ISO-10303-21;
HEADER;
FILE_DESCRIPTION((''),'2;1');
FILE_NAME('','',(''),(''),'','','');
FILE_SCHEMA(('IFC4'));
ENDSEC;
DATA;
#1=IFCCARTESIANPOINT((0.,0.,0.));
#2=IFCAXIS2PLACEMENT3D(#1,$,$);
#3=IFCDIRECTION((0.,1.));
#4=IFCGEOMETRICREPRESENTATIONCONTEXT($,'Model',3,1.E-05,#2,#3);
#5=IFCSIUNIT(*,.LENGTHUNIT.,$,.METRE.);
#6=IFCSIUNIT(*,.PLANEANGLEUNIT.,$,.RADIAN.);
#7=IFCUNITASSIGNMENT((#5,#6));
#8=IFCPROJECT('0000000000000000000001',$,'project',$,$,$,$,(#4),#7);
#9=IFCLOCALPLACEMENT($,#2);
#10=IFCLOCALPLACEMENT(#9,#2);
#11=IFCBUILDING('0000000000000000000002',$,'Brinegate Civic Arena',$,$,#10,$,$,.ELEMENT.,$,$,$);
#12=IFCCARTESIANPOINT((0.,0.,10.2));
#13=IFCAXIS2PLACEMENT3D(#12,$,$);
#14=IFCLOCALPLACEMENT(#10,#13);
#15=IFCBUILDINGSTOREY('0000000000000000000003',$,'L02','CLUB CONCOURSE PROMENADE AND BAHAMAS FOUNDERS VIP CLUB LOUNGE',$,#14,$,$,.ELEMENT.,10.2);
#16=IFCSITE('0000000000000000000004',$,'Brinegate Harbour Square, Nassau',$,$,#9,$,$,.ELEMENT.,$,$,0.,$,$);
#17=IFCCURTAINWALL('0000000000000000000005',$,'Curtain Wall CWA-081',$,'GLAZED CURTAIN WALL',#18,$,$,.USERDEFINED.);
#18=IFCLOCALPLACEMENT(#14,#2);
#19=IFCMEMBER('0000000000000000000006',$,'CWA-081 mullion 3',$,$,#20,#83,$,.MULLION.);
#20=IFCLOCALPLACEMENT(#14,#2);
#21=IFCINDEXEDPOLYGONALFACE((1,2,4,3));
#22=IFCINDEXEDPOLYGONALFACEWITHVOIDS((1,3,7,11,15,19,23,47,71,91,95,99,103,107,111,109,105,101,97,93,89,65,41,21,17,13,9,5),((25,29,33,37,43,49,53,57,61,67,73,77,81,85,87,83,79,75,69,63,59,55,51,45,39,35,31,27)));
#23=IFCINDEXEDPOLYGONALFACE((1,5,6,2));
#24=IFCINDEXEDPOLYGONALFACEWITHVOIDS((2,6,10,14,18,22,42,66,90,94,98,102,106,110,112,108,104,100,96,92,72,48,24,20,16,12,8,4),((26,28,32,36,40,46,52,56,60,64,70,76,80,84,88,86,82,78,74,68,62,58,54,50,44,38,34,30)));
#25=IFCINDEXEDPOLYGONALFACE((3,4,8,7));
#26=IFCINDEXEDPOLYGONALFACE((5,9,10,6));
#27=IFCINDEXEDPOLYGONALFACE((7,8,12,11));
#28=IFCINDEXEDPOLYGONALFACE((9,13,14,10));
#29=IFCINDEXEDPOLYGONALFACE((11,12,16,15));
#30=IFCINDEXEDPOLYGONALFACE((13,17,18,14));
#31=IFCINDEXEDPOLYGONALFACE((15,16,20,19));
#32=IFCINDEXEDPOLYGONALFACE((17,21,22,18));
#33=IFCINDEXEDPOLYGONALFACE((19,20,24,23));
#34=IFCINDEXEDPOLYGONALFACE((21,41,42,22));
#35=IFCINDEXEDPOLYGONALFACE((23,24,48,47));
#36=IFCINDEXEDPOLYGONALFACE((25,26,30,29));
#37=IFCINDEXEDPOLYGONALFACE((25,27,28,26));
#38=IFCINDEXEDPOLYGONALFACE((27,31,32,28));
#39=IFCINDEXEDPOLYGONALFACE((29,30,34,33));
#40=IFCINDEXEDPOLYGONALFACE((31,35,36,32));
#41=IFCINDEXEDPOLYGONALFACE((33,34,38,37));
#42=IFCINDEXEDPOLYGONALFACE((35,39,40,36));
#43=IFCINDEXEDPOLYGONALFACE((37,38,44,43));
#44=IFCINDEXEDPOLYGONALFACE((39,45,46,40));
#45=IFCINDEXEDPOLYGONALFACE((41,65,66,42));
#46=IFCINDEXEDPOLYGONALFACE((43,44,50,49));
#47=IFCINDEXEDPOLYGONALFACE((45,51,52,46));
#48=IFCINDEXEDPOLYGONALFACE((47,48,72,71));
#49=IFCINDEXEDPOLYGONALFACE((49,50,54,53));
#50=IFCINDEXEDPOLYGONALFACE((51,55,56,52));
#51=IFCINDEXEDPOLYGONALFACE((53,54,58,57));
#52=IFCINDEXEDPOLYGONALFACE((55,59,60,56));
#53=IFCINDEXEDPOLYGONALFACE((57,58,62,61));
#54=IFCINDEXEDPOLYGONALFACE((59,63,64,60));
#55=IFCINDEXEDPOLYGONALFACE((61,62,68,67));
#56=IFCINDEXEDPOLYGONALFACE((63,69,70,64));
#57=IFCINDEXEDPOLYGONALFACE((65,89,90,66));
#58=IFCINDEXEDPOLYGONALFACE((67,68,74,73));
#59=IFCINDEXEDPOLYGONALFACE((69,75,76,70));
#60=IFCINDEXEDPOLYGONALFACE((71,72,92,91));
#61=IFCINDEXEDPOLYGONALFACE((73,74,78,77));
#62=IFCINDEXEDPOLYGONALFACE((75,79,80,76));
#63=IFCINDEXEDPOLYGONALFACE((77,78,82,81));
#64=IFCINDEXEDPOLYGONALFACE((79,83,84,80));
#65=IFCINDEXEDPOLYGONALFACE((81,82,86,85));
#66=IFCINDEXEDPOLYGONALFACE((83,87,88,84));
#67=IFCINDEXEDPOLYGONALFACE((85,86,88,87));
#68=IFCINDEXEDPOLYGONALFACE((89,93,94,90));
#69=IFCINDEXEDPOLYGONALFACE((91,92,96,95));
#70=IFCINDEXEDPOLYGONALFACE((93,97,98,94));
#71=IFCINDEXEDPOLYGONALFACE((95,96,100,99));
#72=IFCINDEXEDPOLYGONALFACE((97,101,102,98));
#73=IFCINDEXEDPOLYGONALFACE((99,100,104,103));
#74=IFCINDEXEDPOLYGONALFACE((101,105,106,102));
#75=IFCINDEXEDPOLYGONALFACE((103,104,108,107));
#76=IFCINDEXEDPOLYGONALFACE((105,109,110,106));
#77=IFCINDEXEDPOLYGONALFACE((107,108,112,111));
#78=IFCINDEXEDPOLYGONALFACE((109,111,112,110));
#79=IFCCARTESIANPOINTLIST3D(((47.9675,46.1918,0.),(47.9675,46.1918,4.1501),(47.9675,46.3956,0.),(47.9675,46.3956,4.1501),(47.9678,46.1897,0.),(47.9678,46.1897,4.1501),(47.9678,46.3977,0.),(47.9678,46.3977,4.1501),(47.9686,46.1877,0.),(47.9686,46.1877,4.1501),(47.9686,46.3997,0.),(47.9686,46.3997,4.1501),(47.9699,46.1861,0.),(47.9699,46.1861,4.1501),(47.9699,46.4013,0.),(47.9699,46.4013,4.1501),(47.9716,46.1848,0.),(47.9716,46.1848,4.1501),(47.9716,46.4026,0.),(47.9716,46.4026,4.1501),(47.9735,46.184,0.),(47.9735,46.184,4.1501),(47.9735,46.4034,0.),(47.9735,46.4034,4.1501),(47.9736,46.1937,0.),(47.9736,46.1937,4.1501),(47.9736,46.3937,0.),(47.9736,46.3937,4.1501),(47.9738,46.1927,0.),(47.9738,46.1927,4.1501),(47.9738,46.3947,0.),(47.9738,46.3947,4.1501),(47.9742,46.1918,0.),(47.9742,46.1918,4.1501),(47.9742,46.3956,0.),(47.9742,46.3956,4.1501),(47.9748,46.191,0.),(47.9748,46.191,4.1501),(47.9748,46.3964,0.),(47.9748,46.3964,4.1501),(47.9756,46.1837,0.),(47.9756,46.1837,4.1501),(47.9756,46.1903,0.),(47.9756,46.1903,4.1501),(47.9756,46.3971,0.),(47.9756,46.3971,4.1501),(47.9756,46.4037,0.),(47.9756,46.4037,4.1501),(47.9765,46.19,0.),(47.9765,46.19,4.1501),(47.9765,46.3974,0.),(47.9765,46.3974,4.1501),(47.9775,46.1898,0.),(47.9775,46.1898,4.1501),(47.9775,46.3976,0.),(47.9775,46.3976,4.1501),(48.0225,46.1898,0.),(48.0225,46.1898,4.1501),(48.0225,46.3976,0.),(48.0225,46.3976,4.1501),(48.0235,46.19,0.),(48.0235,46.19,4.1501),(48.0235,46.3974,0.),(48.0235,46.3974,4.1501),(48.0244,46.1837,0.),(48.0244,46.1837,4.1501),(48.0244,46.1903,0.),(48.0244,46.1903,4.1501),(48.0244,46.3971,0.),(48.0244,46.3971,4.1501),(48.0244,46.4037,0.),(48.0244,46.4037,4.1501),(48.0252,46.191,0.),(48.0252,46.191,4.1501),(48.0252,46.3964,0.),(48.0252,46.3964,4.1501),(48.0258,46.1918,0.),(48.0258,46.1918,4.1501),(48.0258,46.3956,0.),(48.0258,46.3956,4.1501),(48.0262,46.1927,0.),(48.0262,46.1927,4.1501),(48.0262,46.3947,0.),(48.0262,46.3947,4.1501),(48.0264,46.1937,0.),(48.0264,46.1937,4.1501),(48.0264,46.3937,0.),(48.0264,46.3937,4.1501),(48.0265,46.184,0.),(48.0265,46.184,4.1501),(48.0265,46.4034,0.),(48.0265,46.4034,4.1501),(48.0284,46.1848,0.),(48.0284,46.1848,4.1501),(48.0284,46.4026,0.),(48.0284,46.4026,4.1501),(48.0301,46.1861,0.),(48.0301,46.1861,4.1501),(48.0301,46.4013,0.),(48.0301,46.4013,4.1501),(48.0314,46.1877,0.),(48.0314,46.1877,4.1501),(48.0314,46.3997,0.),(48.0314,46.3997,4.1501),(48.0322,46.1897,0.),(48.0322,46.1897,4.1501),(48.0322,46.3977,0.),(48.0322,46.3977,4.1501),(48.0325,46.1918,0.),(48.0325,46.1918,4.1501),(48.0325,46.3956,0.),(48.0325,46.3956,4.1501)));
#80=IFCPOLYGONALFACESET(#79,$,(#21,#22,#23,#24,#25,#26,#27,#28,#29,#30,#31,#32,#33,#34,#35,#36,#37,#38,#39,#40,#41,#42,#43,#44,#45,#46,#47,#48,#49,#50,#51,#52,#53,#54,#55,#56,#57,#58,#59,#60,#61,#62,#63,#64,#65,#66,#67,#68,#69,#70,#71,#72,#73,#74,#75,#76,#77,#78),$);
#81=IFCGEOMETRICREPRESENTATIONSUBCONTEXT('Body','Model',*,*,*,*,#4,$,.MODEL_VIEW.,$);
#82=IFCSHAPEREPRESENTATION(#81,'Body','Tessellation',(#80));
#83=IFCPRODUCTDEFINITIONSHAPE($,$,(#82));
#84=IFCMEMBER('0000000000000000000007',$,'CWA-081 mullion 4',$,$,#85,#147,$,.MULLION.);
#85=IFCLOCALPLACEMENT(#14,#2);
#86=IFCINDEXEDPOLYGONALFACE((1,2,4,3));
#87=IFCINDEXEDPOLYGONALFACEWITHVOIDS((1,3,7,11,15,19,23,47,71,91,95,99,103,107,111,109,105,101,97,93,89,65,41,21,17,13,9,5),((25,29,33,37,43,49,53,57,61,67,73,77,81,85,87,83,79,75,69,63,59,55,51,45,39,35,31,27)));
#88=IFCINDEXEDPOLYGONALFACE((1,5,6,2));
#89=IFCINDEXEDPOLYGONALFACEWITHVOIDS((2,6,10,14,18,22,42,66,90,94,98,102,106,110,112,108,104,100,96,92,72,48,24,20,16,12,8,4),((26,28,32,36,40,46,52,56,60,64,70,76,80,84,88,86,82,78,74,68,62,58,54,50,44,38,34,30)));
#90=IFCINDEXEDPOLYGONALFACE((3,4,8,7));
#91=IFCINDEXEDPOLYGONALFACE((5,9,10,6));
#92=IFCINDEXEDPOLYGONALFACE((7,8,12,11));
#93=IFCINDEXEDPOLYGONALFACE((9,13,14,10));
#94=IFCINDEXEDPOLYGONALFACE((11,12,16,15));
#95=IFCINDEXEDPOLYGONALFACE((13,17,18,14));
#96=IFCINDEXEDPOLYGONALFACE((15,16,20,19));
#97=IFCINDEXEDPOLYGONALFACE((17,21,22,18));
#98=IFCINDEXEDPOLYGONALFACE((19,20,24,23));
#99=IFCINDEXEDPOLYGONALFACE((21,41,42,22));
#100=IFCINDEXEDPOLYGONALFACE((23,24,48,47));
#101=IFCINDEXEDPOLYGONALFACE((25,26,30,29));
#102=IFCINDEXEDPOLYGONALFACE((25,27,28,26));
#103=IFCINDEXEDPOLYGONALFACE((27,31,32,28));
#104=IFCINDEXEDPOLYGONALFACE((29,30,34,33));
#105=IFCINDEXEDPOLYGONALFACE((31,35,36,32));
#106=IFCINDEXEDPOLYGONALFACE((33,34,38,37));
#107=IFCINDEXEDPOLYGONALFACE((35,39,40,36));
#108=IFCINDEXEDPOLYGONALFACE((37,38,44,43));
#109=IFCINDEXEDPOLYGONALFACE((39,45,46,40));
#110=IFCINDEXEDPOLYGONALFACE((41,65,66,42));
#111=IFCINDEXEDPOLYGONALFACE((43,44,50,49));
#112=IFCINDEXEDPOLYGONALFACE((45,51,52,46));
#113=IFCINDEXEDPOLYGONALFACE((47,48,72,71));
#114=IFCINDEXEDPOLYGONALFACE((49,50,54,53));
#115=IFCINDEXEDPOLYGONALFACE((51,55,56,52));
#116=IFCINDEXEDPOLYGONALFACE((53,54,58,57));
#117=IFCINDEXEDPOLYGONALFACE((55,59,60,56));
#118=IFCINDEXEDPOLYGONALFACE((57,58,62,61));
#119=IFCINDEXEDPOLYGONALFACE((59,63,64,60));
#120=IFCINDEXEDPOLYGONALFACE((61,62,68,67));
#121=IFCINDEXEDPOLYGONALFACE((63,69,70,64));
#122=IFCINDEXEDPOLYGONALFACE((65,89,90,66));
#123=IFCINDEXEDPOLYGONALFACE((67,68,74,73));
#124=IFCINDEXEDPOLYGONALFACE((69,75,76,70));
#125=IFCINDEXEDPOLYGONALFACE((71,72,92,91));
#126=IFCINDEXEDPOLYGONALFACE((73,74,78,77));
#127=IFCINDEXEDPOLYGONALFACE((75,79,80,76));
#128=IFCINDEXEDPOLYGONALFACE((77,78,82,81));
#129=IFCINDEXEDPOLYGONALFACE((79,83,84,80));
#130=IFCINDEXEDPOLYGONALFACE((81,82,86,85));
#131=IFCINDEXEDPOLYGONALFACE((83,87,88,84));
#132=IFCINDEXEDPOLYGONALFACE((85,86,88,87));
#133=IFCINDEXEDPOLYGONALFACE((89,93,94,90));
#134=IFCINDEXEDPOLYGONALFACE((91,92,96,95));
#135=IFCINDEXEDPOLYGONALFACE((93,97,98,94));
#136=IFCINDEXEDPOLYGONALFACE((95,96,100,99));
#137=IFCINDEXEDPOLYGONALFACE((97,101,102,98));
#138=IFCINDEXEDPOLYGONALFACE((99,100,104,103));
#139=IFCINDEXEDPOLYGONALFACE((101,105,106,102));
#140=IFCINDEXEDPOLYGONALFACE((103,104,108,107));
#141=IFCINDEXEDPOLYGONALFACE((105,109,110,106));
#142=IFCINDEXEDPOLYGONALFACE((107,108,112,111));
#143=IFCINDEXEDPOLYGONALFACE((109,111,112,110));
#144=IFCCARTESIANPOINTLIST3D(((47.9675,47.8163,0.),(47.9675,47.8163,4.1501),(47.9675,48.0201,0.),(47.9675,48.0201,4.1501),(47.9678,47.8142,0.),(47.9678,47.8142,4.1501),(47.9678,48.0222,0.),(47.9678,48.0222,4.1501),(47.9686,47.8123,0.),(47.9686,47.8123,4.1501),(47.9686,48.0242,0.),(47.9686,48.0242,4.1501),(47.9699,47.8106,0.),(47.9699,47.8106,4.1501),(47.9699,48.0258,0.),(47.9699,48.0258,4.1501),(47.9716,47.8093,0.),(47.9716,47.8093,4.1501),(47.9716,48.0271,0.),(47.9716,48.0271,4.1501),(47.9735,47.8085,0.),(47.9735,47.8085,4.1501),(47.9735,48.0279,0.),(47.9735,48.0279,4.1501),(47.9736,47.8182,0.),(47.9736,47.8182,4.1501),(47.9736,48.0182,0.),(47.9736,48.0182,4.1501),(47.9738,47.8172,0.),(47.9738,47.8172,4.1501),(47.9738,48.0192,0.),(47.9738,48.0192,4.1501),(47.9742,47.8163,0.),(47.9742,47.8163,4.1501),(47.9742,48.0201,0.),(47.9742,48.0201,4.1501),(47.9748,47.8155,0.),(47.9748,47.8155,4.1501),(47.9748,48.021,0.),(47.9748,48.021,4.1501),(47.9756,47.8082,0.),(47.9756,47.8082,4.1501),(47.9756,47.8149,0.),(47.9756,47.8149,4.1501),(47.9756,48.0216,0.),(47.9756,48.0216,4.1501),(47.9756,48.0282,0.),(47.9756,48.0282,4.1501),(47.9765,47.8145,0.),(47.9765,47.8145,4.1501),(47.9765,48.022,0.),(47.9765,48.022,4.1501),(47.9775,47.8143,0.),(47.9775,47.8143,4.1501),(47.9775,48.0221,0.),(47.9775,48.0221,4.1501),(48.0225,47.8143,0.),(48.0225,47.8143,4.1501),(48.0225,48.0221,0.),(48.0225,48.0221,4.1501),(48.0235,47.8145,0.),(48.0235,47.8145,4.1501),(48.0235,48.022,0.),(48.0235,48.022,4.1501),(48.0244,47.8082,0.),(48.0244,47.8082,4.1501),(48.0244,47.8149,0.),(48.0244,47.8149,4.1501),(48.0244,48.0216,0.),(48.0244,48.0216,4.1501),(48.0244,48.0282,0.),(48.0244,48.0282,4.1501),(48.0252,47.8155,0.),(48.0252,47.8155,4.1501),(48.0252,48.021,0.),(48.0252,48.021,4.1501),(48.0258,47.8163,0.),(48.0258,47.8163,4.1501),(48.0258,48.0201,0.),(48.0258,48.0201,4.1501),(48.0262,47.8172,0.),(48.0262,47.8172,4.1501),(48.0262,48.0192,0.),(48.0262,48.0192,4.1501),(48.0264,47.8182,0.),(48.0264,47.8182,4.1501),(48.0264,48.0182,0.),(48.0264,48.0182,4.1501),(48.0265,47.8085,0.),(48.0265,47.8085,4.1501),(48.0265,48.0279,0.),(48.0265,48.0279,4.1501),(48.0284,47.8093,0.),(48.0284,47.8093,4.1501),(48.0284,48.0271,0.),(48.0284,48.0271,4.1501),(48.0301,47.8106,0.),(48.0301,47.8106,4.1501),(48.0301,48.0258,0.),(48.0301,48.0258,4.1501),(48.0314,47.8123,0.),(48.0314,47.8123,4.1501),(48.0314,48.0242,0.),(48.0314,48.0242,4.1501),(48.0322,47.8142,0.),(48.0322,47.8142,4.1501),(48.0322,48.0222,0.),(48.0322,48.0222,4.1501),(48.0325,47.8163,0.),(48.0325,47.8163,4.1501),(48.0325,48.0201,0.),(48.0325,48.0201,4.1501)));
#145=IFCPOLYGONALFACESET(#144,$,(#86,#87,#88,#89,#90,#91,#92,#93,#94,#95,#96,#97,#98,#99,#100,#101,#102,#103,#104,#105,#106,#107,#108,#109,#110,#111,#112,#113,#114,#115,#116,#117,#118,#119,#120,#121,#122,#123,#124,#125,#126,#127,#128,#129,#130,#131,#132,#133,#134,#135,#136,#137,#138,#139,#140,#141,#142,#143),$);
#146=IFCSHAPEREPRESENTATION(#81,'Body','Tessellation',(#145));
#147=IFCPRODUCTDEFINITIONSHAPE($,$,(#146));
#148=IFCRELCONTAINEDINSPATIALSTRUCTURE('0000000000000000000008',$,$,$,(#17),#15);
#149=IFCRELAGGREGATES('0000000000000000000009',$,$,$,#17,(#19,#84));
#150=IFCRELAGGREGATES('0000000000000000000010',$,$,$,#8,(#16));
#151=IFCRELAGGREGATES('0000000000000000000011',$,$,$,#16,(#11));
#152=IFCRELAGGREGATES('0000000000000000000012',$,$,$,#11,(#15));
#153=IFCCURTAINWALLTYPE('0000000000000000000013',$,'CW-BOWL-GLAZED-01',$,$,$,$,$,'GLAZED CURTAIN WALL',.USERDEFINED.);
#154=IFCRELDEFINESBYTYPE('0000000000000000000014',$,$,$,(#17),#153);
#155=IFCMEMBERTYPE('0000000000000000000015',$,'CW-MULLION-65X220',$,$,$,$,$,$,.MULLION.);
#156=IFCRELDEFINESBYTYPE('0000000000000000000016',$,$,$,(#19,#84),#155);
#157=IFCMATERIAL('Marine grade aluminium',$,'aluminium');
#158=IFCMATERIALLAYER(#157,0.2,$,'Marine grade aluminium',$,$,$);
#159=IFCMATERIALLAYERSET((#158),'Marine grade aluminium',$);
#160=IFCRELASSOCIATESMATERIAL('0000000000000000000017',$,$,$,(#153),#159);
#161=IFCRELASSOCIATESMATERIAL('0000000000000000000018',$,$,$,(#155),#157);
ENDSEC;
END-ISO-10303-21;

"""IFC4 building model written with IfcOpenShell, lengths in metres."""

from ifc_helpers import new_model, si_unit, direction, frame, origin, origin_2d, place, context, subcontext, project, spatial, hollow_rectangle, extrude, material, layer, layer_set, material_profile, profile_set, type_object, element, aggregate, save


model = new_model("IFC4")

# Units and contexts
model_context = context("Model", 3, precision=1e-05, world=origin(), true_north=direction((0.0, 1.0)))
body_context = subcontext(model_context, "Body", "Model", "MODEL_VIEW")
ifc_project = project(units=[si_unit("LENGTHUNIT", "METRE"), si_unit("PLANEANGLEUNIT", "RADIAN")], contexts=[model_context])

# Site, building, storey
site_placement = place(None, origin())
site = spatial("IfcSite", under=ifc_project, at=site_placement, Name="Brinegate Harbour Square, Nassau", CompositionType="ELEMENT", RefElevation=0.0)
building_placement = place(site_placement, origin())
building = spatial("IfcBuilding", under=site, at=building_placement, Name="Brinegate Civic Arena", CompositionType="ELEMENT")
storey_placement = place(building_placement, frame((0.0, 0.0, 10.2)))
storey = spatial("IfcBuildingStorey", under=building, at=storey_placement, Name="L02", Description="CLUB CONCOURSE PROMENADE AND BAHAMAS FOUNDERS VIP CLUB LOUNGE", CompositionType="ELEMENT", Elevation=10.2)

# Curtain wall, members
ifc_material_1 = material(Name="Marine grade aluminium", Category="aluminium")
ifc_layer_1 = layer(ifc_material_1, 0.2, Name="Marine grade aluminium")
ifc_layer_set_1 = layer_set([ifc_layer_1], Name="Marine grade aluminium")
curtain_wall_type = type_object("IfcCurtainWallType", Name="CW-BOWL-GLAZED-01", ElementType="GLAZED CURTAIN WALL", PredefinedType="USERDEFINED", material=ifc_layer_set_1)
curtain_wall_placement = place(storey_placement, origin())
curtain_wall = element("IfcCurtainWall", 1, at=curtain_wall_placement, inside=storey, type_object=curtain_wall_type, Name="Curtain Wall CWA-081", ObjectType="GLAZED CURTAIN WALL", PredefinedType="USERDEFINED")
ifc_material_profile_1 = material_profile(ifc_material_1, hollow_rectangle(XDim=0.0649, YDim=0.22, WallThickness=0.0061, InnerFilletRadius=0.0039, OuterFilletRadius=0.0081, at=origin_2d()), Name="MUL65X220")
ifc_profile_set_1 = profile_set([ifc_material_profile_1], Name="Marine grade aluminium")
member_type_1 = type_object("IfcMemberType", Name="CW-MULLION-65X220", PredefinedType="MULLION", material=ifc_profile_set_1)
member_1_placement = place(storey_placement, frame((48.0, 46.2937, 0.0), z_axis=(0.0, 0.0, 1.0), x_axis=(-1.0, 0.0, 0.0)))
member_1 = element("IfcMember", 2, at=member_1_placement, type_object=member_type_1, Name="CWA-081 mullion 3", PredefinedType="MULLION", context=body_context, shape_type="SweptSolid", body=[
    extrude(hollow_rectangle(XDim=0.0649, YDim=0.22, WallThickness=0.0061, InnerFilletRadius=0.0039, OuterFilletRadius=0.0081, at=origin_2d()), origin(), (0.0, 0.0, 1.0), 4.1501),
])
member_2_placement = place(storey_placement, frame((48.0, 47.9182, 0.0), z_axis=(0.0, 0.0, 1.0), x_axis=(-1.0, 0.0, 0.0)))
member_2 = element("IfcMember", 3, at=member_2_placement, type_object=member_type_1, Name="CWA-081 mullion 4", PredefinedType="MULLION", context=body_context, shape_type="SweptSolid", body=[
    extrude(hollow_rectangle(XDim=0.0649, YDim=0.22, WallThickness=0.0061, InnerFilletRadius=0.0039, OuterFilletRadius=0.0081, at=origin_2d()), origin(), (0.0, 0.0, 1.0), 4.1501),
])
aggregate(curtain_wall, [member_1, member_2])

save(model, "model.ifc")
